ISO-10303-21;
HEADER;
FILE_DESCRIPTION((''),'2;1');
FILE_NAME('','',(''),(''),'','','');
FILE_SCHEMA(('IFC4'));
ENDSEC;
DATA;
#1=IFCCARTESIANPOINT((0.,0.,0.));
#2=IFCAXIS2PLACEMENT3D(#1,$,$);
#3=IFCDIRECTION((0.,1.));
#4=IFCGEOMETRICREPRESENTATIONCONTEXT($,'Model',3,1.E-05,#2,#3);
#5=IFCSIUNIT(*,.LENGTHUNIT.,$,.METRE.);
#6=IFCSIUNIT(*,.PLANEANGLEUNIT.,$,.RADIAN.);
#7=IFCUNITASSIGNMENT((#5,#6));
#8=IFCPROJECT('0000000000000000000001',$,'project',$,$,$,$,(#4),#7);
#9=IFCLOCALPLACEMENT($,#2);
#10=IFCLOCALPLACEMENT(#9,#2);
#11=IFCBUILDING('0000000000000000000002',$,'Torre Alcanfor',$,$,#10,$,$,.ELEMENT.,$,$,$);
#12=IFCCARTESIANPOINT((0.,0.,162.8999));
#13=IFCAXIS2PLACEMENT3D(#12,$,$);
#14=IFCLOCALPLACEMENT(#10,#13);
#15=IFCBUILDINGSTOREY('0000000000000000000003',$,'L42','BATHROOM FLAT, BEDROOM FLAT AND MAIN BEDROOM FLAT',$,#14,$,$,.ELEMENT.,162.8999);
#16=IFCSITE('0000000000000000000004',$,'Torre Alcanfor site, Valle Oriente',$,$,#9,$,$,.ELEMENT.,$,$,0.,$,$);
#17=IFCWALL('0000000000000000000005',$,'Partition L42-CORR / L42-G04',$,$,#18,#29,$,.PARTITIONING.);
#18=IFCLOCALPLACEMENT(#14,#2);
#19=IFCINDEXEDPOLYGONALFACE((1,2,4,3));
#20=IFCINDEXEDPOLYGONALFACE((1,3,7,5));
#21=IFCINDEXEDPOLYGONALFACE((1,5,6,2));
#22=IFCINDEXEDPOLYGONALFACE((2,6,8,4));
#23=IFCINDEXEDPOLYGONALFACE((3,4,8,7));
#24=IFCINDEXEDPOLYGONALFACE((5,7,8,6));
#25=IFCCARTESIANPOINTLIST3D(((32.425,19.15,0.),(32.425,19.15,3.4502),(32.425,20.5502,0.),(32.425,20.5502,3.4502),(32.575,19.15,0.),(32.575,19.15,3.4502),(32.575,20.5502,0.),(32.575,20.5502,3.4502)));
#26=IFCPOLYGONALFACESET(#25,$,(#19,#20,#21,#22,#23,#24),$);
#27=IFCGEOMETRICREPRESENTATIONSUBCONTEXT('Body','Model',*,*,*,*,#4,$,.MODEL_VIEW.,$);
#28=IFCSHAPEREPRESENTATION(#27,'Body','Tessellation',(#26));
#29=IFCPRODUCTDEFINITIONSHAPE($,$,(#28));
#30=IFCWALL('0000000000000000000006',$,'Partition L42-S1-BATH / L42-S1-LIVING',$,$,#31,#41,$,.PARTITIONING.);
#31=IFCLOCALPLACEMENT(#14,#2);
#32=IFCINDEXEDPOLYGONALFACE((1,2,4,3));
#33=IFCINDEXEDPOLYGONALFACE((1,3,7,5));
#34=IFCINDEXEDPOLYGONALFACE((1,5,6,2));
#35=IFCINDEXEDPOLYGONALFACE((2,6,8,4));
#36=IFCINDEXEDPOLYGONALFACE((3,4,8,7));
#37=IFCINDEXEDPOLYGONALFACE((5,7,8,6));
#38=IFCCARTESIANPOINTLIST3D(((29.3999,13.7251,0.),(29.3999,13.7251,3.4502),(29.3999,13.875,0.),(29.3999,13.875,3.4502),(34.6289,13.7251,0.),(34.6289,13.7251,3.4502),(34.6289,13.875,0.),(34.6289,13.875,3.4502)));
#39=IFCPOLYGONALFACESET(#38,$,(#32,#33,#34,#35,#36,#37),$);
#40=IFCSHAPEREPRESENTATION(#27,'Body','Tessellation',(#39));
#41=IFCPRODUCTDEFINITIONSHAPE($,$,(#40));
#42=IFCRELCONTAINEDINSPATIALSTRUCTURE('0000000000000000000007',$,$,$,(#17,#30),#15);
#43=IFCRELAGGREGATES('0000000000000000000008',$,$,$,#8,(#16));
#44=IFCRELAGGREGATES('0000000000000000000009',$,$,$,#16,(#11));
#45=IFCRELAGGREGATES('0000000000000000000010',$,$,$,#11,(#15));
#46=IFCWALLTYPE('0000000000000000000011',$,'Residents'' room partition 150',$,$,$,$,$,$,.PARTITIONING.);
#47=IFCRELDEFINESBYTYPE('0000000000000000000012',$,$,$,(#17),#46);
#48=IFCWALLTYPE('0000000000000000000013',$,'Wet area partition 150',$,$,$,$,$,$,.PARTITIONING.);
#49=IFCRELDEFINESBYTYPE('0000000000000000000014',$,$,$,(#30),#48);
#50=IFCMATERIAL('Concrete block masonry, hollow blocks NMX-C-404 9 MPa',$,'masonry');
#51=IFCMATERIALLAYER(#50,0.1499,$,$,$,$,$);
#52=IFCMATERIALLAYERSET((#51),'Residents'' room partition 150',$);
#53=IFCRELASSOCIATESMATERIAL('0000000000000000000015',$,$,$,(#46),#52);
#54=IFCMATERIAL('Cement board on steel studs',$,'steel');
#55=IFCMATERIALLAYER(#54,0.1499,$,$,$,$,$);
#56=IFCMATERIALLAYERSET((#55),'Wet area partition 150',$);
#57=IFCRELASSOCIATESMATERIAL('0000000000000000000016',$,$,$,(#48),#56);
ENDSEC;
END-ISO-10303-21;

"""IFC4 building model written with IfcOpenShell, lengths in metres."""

from ifc_helpers import new_model, si_unit, direction, frame, frame_2d, origin, place, context, subcontext, project, spatial, rectangle, extrude, material, layer, layer_set, type_object, element, save


model = new_model("IFC4")

# Units and contexts
model_context = context("Model", 3, precision=1e-05, world=origin(), true_north=direction((0.0, 1.0)))
body_context = subcontext(model_context, "Body", "Model", "MODEL_VIEW")
ifc_project = project(units=[si_unit("LENGTHUNIT", "METRE"), si_unit("PLANEANGLEUNIT", "RADIAN")], contexts=[model_context])

# Site, building, storey
site_placement = place(None, origin())
site = spatial("IfcSite", under=ifc_project, at=site_placement, Name="Torre Alcanfor site, Valle Oriente", CompositionType="ELEMENT", RefElevation=0.0)
building_placement = place(site_placement, origin())
building = spatial("IfcBuilding", under=site, at=building_placement, Name="Torre Alcanfor", CompositionType="ELEMENT")
storey_placement = place(building_placement, frame((0.0, 0.0, 162.8999)))
storey = spatial("IfcBuildingStorey", under=building, at=storey_placement, Name="L42", Description="BATHROOM FLAT, BEDROOM FLAT AND MAIN BEDROOM FLAT", CompositionType="ELEMENT", Elevation=162.8999)

# Walls
ifc_material_1 = material(Name="Concrete block masonry, hollow blocks NMX-C-404 9 MPa", Category="masonry")
ifc_layer_1 = layer(ifc_material_1, 0.1499)
ifc_layer_set_1 = layer_set([ifc_layer_1], Name="Residents' room partition 150")
wall_type_1 = type_object("IfcWallType", Name="Residents' room partition 150", PredefinedType="PARTITIONING", material=ifc_layer_set_1)
wall_1_placement = place(storey_placement, frame((32.5, 19.1499, 0.0), z_axis=(0.0, 0.0, 1.0), x_axis=(0.0, 1.0, 0.0)))
element("IfcWall", 1, at=wall_1_placement, inside=storey, type_object=wall_type_1, Name="Partition L42-CORR / L42-G04", PredefinedType="PARTITIONING", context=body_context, shape_type="SweptSolid", body=[
    extrude(rectangle(XDim=1.4001, YDim=0.1499, at=frame_2d((0.7002, 0.0))), origin(), (0.0, 0.0, 1.0), 3.4502),
])
ifc_material_2 = material(Name="Cement board on steel studs", Category="steel")
ifc_layer_2 = layer(ifc_material_2, 0.1499)
ifc_layer_set_2 = layer_set([ifc_layer_2], Name="Wet area partition 150")
wall_type_2 = type_object("IfcWallType", Name="Wet area partition 150", PredefinedType="PARTITIONING", material=ifc_layer_set_2)
wall_2_placement = place(storey_placement, frame((34.6289, 13.8, 0.0), z_axis=(0.0, 0.0, 1.0), x_axis=(-1.0, 0.0, 0.0)))
element("IfcWall", 2, at=wall_2_placement, inside=storey, type_object=wall_type_2, Name="Partition L42-S1-BATH / L42-S1-LIVING", PredefinedType="PARTITIONING", context=body_context, shape_type="SweptSolid", body=[
    extrude(rectangle(XDim=5.229, YDim=0.1499, at=frame_2d((2.6145, 0.0))), origin(), (0.0, 0.0, 1.0), 3.4502),
])

save(model, "model.ifc")
